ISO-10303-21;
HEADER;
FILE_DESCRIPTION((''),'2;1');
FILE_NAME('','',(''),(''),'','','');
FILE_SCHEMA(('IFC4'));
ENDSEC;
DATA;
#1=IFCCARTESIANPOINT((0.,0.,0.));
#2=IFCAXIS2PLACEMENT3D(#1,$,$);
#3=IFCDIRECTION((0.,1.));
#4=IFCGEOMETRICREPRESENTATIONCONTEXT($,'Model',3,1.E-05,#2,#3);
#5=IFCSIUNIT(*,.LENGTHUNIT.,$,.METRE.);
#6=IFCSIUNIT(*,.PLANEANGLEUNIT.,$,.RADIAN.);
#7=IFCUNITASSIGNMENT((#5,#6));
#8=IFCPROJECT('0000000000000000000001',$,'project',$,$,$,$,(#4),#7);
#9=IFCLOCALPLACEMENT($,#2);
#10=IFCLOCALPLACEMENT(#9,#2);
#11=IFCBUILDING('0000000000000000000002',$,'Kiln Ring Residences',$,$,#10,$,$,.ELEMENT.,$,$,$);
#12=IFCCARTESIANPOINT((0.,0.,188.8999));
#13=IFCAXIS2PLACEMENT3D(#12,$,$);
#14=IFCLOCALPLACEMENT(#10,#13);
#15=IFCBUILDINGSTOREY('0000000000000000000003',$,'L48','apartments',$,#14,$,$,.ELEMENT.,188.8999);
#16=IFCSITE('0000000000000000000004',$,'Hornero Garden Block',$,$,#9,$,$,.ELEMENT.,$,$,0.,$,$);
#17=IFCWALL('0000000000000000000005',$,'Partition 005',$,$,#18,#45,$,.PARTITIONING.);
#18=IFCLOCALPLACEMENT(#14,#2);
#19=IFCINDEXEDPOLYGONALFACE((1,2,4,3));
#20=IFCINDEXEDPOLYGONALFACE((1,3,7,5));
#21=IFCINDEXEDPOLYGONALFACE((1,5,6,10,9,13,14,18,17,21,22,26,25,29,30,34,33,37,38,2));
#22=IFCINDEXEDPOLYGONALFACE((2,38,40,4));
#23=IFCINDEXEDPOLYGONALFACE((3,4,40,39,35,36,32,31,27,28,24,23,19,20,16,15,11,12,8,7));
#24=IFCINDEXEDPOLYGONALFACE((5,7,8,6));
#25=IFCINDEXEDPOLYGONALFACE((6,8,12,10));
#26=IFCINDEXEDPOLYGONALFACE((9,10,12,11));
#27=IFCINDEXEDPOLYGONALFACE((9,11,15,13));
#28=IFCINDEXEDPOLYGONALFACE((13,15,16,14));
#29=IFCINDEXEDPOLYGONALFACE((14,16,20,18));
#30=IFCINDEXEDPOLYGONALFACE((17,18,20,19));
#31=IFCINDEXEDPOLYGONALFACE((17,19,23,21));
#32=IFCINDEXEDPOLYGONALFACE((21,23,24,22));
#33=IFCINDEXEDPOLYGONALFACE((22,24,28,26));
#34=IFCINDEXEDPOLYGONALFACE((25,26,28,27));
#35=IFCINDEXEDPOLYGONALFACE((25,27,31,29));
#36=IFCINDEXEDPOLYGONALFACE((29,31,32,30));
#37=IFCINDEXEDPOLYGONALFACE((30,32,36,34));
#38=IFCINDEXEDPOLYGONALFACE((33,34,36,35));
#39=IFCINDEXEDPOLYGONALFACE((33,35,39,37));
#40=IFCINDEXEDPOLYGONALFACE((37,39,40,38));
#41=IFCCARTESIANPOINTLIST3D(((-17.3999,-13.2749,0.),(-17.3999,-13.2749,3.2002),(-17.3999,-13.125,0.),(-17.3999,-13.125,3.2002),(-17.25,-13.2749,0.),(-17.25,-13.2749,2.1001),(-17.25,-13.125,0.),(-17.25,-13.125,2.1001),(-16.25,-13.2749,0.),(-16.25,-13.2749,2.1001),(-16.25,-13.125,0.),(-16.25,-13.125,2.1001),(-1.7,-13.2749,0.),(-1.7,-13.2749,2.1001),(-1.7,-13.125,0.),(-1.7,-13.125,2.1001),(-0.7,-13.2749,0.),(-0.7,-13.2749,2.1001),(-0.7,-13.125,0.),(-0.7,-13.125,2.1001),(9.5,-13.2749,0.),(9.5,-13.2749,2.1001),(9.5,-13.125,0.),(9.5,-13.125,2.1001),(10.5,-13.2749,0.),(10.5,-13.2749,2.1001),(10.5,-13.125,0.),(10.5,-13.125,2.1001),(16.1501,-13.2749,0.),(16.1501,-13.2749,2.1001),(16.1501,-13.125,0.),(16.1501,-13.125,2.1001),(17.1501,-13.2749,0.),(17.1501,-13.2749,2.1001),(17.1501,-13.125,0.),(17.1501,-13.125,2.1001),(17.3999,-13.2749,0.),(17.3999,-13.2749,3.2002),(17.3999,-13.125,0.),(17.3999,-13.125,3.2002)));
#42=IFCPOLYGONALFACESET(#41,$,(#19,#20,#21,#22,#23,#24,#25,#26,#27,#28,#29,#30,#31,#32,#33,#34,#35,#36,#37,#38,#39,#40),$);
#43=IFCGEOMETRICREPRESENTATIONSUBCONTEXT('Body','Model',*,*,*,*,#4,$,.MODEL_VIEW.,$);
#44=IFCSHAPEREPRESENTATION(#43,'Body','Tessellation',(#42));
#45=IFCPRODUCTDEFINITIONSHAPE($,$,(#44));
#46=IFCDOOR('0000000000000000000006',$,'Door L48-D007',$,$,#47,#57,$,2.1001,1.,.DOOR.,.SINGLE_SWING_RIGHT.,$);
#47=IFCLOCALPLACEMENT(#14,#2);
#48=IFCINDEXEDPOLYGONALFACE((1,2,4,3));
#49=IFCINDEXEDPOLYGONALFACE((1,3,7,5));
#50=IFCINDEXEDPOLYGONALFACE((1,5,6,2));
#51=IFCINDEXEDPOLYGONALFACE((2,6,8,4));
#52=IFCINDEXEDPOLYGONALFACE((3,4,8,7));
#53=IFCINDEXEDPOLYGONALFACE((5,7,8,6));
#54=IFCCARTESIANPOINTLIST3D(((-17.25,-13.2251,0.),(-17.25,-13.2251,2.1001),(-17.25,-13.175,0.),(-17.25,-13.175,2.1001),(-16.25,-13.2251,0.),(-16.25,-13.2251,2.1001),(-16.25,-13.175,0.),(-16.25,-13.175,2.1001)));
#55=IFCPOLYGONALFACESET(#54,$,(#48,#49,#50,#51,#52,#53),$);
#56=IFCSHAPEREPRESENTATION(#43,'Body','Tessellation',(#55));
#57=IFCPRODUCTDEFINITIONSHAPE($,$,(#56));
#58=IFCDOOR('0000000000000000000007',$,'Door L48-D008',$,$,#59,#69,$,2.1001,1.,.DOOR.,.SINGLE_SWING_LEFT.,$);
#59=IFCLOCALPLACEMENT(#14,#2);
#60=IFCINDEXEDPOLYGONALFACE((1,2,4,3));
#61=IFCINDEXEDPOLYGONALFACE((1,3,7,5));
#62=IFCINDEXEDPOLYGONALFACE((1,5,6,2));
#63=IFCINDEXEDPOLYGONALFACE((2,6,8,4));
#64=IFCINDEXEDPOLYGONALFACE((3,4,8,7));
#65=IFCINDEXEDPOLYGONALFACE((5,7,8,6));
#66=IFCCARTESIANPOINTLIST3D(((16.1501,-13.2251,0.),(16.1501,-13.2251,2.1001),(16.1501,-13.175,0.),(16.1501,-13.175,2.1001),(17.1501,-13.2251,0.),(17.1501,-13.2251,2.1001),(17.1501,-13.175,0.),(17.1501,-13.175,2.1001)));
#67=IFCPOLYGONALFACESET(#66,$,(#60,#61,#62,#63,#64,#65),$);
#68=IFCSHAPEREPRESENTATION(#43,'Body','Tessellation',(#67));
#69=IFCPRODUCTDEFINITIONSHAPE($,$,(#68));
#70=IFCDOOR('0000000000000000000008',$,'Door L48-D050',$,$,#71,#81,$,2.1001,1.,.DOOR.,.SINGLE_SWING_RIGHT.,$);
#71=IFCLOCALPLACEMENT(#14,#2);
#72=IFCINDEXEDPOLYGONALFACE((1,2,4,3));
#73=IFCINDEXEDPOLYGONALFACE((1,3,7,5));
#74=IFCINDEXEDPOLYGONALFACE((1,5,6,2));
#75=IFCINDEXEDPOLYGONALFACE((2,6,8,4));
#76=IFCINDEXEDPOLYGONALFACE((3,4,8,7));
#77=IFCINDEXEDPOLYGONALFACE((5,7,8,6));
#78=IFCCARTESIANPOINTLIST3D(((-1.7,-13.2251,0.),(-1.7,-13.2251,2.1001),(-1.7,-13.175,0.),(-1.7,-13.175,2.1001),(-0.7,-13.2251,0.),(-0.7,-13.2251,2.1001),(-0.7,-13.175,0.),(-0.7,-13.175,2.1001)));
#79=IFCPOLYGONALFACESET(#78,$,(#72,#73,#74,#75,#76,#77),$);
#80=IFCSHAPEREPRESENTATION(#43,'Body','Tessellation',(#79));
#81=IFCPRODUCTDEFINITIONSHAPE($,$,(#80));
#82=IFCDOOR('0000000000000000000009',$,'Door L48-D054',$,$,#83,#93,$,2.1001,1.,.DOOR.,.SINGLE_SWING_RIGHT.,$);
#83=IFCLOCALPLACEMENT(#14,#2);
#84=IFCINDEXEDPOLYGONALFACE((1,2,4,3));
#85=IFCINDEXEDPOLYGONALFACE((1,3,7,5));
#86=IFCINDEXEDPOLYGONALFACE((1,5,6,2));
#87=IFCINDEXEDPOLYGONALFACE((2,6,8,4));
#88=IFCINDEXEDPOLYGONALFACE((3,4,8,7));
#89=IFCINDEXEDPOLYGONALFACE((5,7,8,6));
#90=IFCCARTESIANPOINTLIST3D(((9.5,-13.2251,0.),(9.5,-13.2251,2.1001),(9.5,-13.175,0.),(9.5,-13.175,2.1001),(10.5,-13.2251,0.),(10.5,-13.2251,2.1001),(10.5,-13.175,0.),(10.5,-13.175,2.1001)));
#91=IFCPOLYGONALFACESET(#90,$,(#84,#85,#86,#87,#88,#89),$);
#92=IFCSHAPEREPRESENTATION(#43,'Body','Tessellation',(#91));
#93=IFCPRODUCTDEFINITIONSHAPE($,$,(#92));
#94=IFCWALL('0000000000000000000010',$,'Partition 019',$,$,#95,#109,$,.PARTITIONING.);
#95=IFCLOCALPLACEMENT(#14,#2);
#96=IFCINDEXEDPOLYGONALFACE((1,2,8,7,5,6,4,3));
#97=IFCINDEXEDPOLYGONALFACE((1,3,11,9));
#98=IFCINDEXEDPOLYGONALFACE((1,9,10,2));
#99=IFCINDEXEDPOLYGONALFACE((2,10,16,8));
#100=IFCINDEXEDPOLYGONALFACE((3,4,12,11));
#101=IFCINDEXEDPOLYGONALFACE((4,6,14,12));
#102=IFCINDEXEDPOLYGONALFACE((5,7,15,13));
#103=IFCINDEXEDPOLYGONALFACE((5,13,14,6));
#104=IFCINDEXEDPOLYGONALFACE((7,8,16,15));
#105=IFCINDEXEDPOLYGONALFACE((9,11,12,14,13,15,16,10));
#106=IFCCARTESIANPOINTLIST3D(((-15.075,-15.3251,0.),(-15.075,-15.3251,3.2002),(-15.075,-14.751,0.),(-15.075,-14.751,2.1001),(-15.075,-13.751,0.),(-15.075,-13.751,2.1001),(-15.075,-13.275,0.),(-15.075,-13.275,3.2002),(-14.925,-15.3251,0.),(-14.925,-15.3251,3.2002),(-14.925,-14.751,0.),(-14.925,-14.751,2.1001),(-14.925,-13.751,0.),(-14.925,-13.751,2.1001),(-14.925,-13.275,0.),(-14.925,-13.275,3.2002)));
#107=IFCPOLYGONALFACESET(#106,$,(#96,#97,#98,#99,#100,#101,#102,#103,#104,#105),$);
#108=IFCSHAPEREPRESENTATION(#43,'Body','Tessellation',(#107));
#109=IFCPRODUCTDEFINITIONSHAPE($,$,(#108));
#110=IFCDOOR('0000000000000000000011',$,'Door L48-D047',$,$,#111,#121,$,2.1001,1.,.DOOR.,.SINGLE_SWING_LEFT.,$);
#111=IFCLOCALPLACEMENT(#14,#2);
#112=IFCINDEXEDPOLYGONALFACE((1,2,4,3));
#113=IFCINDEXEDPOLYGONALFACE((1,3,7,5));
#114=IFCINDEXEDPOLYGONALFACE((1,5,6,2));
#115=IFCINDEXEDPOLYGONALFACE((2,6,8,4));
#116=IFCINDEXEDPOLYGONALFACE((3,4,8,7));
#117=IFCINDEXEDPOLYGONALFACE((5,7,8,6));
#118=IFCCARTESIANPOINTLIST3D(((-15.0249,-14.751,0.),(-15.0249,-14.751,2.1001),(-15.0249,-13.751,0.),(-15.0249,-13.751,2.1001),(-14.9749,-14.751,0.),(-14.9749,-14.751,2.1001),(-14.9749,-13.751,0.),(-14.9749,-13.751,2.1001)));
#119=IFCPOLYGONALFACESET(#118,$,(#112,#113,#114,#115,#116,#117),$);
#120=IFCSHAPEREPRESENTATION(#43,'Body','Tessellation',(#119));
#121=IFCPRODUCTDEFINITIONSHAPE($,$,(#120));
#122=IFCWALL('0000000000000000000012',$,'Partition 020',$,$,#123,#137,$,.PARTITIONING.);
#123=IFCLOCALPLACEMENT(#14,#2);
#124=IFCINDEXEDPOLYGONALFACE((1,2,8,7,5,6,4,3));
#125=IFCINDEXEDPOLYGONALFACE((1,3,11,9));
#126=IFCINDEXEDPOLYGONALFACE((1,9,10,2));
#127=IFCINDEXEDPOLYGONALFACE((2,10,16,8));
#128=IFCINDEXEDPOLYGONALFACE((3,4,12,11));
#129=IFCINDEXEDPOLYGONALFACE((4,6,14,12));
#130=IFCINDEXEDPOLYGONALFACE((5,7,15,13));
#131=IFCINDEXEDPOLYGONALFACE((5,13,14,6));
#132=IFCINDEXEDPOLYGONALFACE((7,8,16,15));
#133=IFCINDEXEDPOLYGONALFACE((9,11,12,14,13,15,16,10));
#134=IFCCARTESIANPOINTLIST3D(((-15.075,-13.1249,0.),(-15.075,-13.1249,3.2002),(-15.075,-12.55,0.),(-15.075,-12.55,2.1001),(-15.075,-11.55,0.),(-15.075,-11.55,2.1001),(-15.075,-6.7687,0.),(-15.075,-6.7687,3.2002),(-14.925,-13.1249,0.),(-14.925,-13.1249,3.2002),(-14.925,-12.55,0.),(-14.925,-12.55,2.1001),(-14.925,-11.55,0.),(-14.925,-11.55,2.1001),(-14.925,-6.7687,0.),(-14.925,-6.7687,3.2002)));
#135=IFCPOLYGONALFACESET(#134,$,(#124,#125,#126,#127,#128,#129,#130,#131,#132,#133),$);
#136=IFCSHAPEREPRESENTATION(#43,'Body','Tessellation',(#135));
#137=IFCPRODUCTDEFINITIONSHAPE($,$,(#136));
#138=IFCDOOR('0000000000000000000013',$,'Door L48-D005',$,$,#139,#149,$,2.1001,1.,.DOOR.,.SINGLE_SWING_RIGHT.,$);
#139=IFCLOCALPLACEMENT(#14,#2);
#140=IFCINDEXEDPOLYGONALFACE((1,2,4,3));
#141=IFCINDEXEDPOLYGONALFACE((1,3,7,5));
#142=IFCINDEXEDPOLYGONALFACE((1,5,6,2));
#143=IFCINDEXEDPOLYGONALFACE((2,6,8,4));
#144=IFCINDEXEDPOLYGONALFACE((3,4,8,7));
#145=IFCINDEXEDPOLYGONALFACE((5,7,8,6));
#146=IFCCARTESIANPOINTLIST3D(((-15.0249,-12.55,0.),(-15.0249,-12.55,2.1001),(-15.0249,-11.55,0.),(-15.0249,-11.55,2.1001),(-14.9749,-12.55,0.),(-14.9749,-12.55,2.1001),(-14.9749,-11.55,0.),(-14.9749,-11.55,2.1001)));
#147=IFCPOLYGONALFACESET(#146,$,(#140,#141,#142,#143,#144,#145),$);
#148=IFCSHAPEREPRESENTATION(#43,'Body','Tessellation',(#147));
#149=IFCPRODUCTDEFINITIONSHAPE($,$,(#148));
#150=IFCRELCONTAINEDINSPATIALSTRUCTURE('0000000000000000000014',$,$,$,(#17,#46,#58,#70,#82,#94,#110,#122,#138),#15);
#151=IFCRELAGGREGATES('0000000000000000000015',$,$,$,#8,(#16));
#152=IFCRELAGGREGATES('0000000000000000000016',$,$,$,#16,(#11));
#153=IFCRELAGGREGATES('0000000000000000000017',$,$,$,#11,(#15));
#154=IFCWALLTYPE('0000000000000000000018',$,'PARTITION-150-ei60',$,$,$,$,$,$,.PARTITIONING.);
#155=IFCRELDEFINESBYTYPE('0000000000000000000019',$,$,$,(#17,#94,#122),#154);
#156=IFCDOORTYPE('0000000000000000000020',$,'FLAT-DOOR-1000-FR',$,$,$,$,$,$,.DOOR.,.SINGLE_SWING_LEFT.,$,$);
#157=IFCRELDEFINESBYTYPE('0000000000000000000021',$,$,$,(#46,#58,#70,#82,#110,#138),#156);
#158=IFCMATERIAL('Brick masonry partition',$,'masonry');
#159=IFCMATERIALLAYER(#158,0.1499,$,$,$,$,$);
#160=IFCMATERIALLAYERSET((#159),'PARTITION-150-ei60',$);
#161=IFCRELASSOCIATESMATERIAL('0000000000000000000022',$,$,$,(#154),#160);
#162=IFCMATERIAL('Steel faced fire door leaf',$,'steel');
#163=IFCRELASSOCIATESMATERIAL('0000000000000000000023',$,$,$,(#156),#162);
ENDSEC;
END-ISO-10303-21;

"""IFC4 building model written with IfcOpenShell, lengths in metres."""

from ifc_helpers import new_model, si_unit, direction, frame, frame_2d, origin, place, context, subcontext, project, spatial, rectangle, extrude, material, layer, layer_set, type_object, element, fill, save


model = new_model("IFC4")

# Units and contexts
model_context = context("Model", 3, precision=1e-05, world=origin(), true_north=direction((0.0, 1.0)))
body_context = subcontext(model_context, "Body", "Model", "MODEL_VIEW")
ifc_project = project(units=[si_unit("LENGTHUNIT", "METRE"), si_unit("PLANEANGLEUNIT", "RADIAN")], contexts=[model_context])

# Site, building, storey
site_placement = place(None, origin())
site = spatial("IfcSite", under=ifc_project, at=site_placement, Name="Hornero Garden Block", CompositionType="ELEMENT", RefElevation=0.0)
building_placement = place(site_placement, origin())
building = spatial("IfcBuilding", under=site, at=building_placement, Name="Kiln Ring Residences", CompositionType="ELEMENT")
storey_placement = place(building_placement, frame((0.0, 0.0, 188.8999)))
storey = spatial("IfcBuildingStorey", under=building, at=storey_placement, Name="L48", Description="apartments", CompositionType="ELEMENT", Elevation=188.8999)

# Wall, openings, doors
ifc_material_1 = material(Name="Brick masonry partition", Category="masonry")
ifc_layer_1 = layer(ifc_material_1, 0.1499)
ifc_layer_set_1 = layer_set([ifc_layer_1], Name="PARTITION-150-ei60")
wall_type_1 = type_object("IfcWallType", Name="PARTITION-150-ei60", PredefinedType="PARTITIONING", material=ifc_layer_set_1)
wall_1_placement = place(storey_placement, frame((-17.3999, -13.2, 0.0), z_axis=(0.0, 0.0, 1.0), x_axis=(1.0, 0.0, 0.0)))
wall_1 = element("IfcWall", 1, at=wall_1_placement, inside=storey, type_object=wall_type_1, Name="Partition 005", PredefinedType="PARTITIONING", context=body_context, shape_type="SweptSolid", body=[
    extrude(rectangle(XDim=34.7998, YDim=0.1499, at=frame_2d((17.3999, 0.0))), origin(), (0.0, 0.0, 1.0), 3.2002),
])
opening_1_placement = place(wall_1_placement, frame((0.1499, 0.0, 0.0)))
opening_1 = element("IfcOpeningElement", 2, at=opening_1_placement, cuts=wall_1, PredefinedType="OPENING", context=body_context, shape_type="SweptSolid", body=[
    extrude(rectangle(XDim=1.0, YDim=2.1001, at=frame_2d((0.5, 1.05))), frame((0.0, 0.085, 0.0), z_axis=(0.0, -1.0, 0.0), x_axis=(1.0, 0.0, 0.0)), (0.0, 0.0, 1.0), 0.1699),
])
opening_2_placement = place(wall_1_placement, frame((33.55, 0.0, 0.0)))
opening_2 = element("IfcOpeningElement", 3, at=opening_2_placement, cuts=wall_1, PredefinedType="OPENING", context=body_context, shape_type="SweptSolid", body=[
    extrude(rectangle(XDim=1.0, YDim=2.1001, at=frame_2d((0.5, 1.05))), frame((0.0, 0.085, 0.0), z_axis=(0.0, -1.0, 0.0), x_axis=(1.0, 0.0, 0.0)), (0.0, 0.0, 1.0), 0.1699),
])
opening_3_placement = place(wall_1_placement, frame((15.7, 0.0, 0.0)))
opening_3 = element("IfcOpeningElement", 4, at=opening_3_placement, cuts=wall_1, PredefinedType="OPENING", context=body_context, shape_type="SweptSolid", body=[
    extrude(rectangle(XDim=1.0, YDim=2.1001, at=frame_2d((0.5, 1.05))), frame((0.0, 0.085, 0.0), z_axis=(0.0, -1.0, 0.0), x_axis=(1.0, 0.0, 0.0)), (0.0, 0.0, 1.0), 0.1699),
])
opening_4_placement = place(wall_1_placement, frame((26.8999, 0.0, 0.0)))
opening_4 = element("IfcOpeningElement", 5, at=opening_4_placement, cuts=wall_1, PredefinedType="OPENING", context=body_context, shape_type="SweptSolid", body=[
    extrude(rectangle(XDim=1.0, YDim=2.1001, at=frame_2d((0.5, 1.05))), frame((0.0, 0.085, 0.0), z_axis=(0.0, -1.0, 0.0), x_axis=(1.0, 0.0, 0.0)), (0.0, 0.0, 1.0), 0.1699),
])
ifc_material_2 = material(Name="Steel faced fire door leaf", Category="steel")
door_type_1 = type_object("IfcDoorType", Name="FLAT-DOOR-1000-FR", OperationType="SINGLE_SWING_LEFT", PredefinedType="DOOR", material=ifc_material_2)
door_1_placement = place(opening_1_placement, origin())
door_1 = element("IfcDoor", 6, at=door_1_placement, inside=storey, type_object=door_type_1, Name="Door L48-D007", OperationType="SINGLE_SWING_RIGHT", OverallHeight=2.1001, OverallWidth=1.0, PredefinedType="DOOR", context=body_context, shape_type="SweptSolid", body=[
    extrude(rectangle(XDim=1.0, YDim=2.1001, at=frame_2d((0.5, 1.05))), frame((0.0, 0.0249, 0.0), z_axis=(0.0, -1.0, 0.0), x_axis=(1.0, 0.0, 0.0)), (0.0, 0.0, 1.0), 0.05),
])
fill(opening_1, door_1)
door_2_placement = place(opening_2_placement, origin())
door_2 = element("IfcDoor", 7, at=door_2_placement, inside=storey, type_object=door_type_1, Name="Door L48-D008", OperationType="SINGLE_SWING_LEFT", OverallHeight=2.1001, OverallWidth=1.0, PredefinedType="DOOR", context=body_context, shape_type="SweptSolid", body=[
    extrude(rectangle(XDim=1.0, YDim=2.1001, at=frame_2d((0.5, 1.05))), frame((0.0, 0.0249, 0.0), z_axis=(0.0, -1.0, 0.0), x_axis=(1.0, 0.0, 0.0)), (0.0, 0.0, 1.0), 0.05),
])
fill(opening_2, door_2)
door_3_placement = place(opening_3_placement, origin())
door_3 = element("IfcDoor", 8, at=door_3_placement, inside=storey, type_object=door_type_1, Name="Door L48-D050", OperationType="SINGLE_SWING_RIGHT", OverallHeight=2.1001, OverallWidth=1.0, PredefinedType="DOOR", context=body_context, shape_type="SweptSolid", body=[
    extrude(rectangle(XDim=1.0, YDim=2.1001, at=frame_2d((0.5, 1.05))), frame((0.0, 0.0249, 0.0), z_axis=(0.0, -1.0, 0.0), x_axis=(1.0, 0.0, 0.0)), (0.0, 0.0, 1.0), 0.05),
])
fill(opening_3, door_3)
door_4_placement = place(opening_4_placement, origin())
door_4 = element("IfcDoor", 9, at=door_4_placement, inside=storey, type_object=door_type_1, Name="Door L48-D054", OperationType="SINGLE_SWING_RIGHT", OverallHeight=2.1001, OverallWidth=1.0, PredefinedType="DOOR", context=body_context, shape_type="SweptSolid", body=[
    extrude(rectangle(XDim=1.0, YDim=2.1001, at=frame_2d((0.5, 1.05))), frame((0.0, 0.0249, 0.0), z_axis=(0.0, -1.0, 0.0), x_axis=(1.0, 0.0, 0.0)), (0.0, 0.0, 1.0), 0.05),
])
fill(opening_4, door_4)

# Walls, openings, doors
wall_2_placement = place(storey_placement, frame((-15.0, -15.325, 0.0), z_axis=(0.0, 0.0, 1.0), x_axis=(0.0, 1.0, 0.0)))
wall_2 = element("IfcWall", 10, at=wall_2_placement, inside=storey, type_object=wall_type_1, Name="Partition 019", PredefinedType="PARTITIONING", context=body_context, shape_type="SweptSolid", body=[
    extrude(rectangle(XDim=2.05, YDim=0.1499, at=frame_2d((1.0249, 0.0))), origin(), (0.0, 0.0, 1.0), 3.2002),
])
opening_5_placement = place(wall_2_placement, frame((0.574, 0.0, 0.0)))
opening_5 = element("IfcOpeningElement", 11, at=opening_5_placement, cuts=wall_2, PredefinedType="OPENING", context=body_context, shape_type="SweptSolid", body=[
    extrude(rectangle(XDim=1.0, YDim=2.1001, at=frame_2d((0.5, 1.05))), frame((0.0, 0.085, 0.0), z_axis=(0.0, -1.0, 0.0), x_axis=(1.0, 0.0, 0.0)), (0.0, 0.0, 1.0), 0.1699),
])
door_5_placement = place(opening_5_placement, origin())
door_5 = element("IfcDoor", 12, at=door_5_placement, inside=storey, type_object=door_type_1, Name="Door L48-D047", OperationType="SINGLE_SWING_LEFT", OverallHeight=2.1001, OverallWidth=1.0, PredefinedType="DOOR", context=body_context, shape_type="SweptSolid", body=[
    extrude(rectangle(XDim=1.0, YDim=2.1001, at=frame_2d((0.5, 1.05))), frame((0.0, 0.0249, 0.0), z_axis=(0.0, -1.0, 0.0), x_axis=(1.0, 0.0, 0.0)), (0.0, 0.0, 1.0), 0.05),
])
fill(opening_5, door_5)
wall_3_placement = place(storey_placement, frame((-15.0, -13.125, 0.0), z_axis=(0.0, 0.0, 1.0), x_axis=(0.0, 1.0, 0.0)))
wall_3 = element("IfcWall", 13, at=wall_3_placement, inside=storey, type_object=wall_type_1, Name="Partition 020", PredefinedType="PARTITIONING", context=body_context, shape_type="SweptSolid", body=[
    extrude(rectangle(XDim=6.3562, YDim=0.1499, at=frame_2d((3.1782, 0.0))), origin(), (0.0, 0.0, 1.0), 3.2002),
])
opening_6_placement = place(wall_3_placement, frame((0.575, 0.0, 0.0)))
opening_6 = element("IfcOpeningElement", 14, at=opening_6_placement, cuts=wall_3, PredefinedType="OPENING", context=body_context, shape_type="SweptSolid", body=[
    extrude(rectangle(XDim=1.0, YDim=2.1001, at=frame_2d((0.5, 1.05))), frame((0.0, 0.085, 0.0), z_axis=(0.0, -1.0, 0.0), x_axis=(1.0, 0.0, 0.0)), (0.0, 0.0, 1.0), 0.1699),
])
door_6_placement = place(opening_6_placement, origin())
door_6 = element("IfcDoor", 15, at=door_6_placement, inside=storey, type_object=door_type_1, Name="Door L48-D005", OperationType="SINGLE_SWING_RIGHT", OverallHeight=2.1001, OverallWidth=1.0, PredefinedType="DOOR", context=body_context, shape_type="SweptSolid", body=[
    extrude(rectangle(XDim=1.0, YDim=2.1001, at=frame_2d((0.5, 1.05))), frame((0.0, 0.0249, 0.0), z_axis=(0.0, -1.0, 0.0), x_axis=(1.0, 0.0, 0.0)), (0.0, 0.0, 1.0), 0.05),
])
fill(opening_6, door_6)

save(model, "model.ifc")
